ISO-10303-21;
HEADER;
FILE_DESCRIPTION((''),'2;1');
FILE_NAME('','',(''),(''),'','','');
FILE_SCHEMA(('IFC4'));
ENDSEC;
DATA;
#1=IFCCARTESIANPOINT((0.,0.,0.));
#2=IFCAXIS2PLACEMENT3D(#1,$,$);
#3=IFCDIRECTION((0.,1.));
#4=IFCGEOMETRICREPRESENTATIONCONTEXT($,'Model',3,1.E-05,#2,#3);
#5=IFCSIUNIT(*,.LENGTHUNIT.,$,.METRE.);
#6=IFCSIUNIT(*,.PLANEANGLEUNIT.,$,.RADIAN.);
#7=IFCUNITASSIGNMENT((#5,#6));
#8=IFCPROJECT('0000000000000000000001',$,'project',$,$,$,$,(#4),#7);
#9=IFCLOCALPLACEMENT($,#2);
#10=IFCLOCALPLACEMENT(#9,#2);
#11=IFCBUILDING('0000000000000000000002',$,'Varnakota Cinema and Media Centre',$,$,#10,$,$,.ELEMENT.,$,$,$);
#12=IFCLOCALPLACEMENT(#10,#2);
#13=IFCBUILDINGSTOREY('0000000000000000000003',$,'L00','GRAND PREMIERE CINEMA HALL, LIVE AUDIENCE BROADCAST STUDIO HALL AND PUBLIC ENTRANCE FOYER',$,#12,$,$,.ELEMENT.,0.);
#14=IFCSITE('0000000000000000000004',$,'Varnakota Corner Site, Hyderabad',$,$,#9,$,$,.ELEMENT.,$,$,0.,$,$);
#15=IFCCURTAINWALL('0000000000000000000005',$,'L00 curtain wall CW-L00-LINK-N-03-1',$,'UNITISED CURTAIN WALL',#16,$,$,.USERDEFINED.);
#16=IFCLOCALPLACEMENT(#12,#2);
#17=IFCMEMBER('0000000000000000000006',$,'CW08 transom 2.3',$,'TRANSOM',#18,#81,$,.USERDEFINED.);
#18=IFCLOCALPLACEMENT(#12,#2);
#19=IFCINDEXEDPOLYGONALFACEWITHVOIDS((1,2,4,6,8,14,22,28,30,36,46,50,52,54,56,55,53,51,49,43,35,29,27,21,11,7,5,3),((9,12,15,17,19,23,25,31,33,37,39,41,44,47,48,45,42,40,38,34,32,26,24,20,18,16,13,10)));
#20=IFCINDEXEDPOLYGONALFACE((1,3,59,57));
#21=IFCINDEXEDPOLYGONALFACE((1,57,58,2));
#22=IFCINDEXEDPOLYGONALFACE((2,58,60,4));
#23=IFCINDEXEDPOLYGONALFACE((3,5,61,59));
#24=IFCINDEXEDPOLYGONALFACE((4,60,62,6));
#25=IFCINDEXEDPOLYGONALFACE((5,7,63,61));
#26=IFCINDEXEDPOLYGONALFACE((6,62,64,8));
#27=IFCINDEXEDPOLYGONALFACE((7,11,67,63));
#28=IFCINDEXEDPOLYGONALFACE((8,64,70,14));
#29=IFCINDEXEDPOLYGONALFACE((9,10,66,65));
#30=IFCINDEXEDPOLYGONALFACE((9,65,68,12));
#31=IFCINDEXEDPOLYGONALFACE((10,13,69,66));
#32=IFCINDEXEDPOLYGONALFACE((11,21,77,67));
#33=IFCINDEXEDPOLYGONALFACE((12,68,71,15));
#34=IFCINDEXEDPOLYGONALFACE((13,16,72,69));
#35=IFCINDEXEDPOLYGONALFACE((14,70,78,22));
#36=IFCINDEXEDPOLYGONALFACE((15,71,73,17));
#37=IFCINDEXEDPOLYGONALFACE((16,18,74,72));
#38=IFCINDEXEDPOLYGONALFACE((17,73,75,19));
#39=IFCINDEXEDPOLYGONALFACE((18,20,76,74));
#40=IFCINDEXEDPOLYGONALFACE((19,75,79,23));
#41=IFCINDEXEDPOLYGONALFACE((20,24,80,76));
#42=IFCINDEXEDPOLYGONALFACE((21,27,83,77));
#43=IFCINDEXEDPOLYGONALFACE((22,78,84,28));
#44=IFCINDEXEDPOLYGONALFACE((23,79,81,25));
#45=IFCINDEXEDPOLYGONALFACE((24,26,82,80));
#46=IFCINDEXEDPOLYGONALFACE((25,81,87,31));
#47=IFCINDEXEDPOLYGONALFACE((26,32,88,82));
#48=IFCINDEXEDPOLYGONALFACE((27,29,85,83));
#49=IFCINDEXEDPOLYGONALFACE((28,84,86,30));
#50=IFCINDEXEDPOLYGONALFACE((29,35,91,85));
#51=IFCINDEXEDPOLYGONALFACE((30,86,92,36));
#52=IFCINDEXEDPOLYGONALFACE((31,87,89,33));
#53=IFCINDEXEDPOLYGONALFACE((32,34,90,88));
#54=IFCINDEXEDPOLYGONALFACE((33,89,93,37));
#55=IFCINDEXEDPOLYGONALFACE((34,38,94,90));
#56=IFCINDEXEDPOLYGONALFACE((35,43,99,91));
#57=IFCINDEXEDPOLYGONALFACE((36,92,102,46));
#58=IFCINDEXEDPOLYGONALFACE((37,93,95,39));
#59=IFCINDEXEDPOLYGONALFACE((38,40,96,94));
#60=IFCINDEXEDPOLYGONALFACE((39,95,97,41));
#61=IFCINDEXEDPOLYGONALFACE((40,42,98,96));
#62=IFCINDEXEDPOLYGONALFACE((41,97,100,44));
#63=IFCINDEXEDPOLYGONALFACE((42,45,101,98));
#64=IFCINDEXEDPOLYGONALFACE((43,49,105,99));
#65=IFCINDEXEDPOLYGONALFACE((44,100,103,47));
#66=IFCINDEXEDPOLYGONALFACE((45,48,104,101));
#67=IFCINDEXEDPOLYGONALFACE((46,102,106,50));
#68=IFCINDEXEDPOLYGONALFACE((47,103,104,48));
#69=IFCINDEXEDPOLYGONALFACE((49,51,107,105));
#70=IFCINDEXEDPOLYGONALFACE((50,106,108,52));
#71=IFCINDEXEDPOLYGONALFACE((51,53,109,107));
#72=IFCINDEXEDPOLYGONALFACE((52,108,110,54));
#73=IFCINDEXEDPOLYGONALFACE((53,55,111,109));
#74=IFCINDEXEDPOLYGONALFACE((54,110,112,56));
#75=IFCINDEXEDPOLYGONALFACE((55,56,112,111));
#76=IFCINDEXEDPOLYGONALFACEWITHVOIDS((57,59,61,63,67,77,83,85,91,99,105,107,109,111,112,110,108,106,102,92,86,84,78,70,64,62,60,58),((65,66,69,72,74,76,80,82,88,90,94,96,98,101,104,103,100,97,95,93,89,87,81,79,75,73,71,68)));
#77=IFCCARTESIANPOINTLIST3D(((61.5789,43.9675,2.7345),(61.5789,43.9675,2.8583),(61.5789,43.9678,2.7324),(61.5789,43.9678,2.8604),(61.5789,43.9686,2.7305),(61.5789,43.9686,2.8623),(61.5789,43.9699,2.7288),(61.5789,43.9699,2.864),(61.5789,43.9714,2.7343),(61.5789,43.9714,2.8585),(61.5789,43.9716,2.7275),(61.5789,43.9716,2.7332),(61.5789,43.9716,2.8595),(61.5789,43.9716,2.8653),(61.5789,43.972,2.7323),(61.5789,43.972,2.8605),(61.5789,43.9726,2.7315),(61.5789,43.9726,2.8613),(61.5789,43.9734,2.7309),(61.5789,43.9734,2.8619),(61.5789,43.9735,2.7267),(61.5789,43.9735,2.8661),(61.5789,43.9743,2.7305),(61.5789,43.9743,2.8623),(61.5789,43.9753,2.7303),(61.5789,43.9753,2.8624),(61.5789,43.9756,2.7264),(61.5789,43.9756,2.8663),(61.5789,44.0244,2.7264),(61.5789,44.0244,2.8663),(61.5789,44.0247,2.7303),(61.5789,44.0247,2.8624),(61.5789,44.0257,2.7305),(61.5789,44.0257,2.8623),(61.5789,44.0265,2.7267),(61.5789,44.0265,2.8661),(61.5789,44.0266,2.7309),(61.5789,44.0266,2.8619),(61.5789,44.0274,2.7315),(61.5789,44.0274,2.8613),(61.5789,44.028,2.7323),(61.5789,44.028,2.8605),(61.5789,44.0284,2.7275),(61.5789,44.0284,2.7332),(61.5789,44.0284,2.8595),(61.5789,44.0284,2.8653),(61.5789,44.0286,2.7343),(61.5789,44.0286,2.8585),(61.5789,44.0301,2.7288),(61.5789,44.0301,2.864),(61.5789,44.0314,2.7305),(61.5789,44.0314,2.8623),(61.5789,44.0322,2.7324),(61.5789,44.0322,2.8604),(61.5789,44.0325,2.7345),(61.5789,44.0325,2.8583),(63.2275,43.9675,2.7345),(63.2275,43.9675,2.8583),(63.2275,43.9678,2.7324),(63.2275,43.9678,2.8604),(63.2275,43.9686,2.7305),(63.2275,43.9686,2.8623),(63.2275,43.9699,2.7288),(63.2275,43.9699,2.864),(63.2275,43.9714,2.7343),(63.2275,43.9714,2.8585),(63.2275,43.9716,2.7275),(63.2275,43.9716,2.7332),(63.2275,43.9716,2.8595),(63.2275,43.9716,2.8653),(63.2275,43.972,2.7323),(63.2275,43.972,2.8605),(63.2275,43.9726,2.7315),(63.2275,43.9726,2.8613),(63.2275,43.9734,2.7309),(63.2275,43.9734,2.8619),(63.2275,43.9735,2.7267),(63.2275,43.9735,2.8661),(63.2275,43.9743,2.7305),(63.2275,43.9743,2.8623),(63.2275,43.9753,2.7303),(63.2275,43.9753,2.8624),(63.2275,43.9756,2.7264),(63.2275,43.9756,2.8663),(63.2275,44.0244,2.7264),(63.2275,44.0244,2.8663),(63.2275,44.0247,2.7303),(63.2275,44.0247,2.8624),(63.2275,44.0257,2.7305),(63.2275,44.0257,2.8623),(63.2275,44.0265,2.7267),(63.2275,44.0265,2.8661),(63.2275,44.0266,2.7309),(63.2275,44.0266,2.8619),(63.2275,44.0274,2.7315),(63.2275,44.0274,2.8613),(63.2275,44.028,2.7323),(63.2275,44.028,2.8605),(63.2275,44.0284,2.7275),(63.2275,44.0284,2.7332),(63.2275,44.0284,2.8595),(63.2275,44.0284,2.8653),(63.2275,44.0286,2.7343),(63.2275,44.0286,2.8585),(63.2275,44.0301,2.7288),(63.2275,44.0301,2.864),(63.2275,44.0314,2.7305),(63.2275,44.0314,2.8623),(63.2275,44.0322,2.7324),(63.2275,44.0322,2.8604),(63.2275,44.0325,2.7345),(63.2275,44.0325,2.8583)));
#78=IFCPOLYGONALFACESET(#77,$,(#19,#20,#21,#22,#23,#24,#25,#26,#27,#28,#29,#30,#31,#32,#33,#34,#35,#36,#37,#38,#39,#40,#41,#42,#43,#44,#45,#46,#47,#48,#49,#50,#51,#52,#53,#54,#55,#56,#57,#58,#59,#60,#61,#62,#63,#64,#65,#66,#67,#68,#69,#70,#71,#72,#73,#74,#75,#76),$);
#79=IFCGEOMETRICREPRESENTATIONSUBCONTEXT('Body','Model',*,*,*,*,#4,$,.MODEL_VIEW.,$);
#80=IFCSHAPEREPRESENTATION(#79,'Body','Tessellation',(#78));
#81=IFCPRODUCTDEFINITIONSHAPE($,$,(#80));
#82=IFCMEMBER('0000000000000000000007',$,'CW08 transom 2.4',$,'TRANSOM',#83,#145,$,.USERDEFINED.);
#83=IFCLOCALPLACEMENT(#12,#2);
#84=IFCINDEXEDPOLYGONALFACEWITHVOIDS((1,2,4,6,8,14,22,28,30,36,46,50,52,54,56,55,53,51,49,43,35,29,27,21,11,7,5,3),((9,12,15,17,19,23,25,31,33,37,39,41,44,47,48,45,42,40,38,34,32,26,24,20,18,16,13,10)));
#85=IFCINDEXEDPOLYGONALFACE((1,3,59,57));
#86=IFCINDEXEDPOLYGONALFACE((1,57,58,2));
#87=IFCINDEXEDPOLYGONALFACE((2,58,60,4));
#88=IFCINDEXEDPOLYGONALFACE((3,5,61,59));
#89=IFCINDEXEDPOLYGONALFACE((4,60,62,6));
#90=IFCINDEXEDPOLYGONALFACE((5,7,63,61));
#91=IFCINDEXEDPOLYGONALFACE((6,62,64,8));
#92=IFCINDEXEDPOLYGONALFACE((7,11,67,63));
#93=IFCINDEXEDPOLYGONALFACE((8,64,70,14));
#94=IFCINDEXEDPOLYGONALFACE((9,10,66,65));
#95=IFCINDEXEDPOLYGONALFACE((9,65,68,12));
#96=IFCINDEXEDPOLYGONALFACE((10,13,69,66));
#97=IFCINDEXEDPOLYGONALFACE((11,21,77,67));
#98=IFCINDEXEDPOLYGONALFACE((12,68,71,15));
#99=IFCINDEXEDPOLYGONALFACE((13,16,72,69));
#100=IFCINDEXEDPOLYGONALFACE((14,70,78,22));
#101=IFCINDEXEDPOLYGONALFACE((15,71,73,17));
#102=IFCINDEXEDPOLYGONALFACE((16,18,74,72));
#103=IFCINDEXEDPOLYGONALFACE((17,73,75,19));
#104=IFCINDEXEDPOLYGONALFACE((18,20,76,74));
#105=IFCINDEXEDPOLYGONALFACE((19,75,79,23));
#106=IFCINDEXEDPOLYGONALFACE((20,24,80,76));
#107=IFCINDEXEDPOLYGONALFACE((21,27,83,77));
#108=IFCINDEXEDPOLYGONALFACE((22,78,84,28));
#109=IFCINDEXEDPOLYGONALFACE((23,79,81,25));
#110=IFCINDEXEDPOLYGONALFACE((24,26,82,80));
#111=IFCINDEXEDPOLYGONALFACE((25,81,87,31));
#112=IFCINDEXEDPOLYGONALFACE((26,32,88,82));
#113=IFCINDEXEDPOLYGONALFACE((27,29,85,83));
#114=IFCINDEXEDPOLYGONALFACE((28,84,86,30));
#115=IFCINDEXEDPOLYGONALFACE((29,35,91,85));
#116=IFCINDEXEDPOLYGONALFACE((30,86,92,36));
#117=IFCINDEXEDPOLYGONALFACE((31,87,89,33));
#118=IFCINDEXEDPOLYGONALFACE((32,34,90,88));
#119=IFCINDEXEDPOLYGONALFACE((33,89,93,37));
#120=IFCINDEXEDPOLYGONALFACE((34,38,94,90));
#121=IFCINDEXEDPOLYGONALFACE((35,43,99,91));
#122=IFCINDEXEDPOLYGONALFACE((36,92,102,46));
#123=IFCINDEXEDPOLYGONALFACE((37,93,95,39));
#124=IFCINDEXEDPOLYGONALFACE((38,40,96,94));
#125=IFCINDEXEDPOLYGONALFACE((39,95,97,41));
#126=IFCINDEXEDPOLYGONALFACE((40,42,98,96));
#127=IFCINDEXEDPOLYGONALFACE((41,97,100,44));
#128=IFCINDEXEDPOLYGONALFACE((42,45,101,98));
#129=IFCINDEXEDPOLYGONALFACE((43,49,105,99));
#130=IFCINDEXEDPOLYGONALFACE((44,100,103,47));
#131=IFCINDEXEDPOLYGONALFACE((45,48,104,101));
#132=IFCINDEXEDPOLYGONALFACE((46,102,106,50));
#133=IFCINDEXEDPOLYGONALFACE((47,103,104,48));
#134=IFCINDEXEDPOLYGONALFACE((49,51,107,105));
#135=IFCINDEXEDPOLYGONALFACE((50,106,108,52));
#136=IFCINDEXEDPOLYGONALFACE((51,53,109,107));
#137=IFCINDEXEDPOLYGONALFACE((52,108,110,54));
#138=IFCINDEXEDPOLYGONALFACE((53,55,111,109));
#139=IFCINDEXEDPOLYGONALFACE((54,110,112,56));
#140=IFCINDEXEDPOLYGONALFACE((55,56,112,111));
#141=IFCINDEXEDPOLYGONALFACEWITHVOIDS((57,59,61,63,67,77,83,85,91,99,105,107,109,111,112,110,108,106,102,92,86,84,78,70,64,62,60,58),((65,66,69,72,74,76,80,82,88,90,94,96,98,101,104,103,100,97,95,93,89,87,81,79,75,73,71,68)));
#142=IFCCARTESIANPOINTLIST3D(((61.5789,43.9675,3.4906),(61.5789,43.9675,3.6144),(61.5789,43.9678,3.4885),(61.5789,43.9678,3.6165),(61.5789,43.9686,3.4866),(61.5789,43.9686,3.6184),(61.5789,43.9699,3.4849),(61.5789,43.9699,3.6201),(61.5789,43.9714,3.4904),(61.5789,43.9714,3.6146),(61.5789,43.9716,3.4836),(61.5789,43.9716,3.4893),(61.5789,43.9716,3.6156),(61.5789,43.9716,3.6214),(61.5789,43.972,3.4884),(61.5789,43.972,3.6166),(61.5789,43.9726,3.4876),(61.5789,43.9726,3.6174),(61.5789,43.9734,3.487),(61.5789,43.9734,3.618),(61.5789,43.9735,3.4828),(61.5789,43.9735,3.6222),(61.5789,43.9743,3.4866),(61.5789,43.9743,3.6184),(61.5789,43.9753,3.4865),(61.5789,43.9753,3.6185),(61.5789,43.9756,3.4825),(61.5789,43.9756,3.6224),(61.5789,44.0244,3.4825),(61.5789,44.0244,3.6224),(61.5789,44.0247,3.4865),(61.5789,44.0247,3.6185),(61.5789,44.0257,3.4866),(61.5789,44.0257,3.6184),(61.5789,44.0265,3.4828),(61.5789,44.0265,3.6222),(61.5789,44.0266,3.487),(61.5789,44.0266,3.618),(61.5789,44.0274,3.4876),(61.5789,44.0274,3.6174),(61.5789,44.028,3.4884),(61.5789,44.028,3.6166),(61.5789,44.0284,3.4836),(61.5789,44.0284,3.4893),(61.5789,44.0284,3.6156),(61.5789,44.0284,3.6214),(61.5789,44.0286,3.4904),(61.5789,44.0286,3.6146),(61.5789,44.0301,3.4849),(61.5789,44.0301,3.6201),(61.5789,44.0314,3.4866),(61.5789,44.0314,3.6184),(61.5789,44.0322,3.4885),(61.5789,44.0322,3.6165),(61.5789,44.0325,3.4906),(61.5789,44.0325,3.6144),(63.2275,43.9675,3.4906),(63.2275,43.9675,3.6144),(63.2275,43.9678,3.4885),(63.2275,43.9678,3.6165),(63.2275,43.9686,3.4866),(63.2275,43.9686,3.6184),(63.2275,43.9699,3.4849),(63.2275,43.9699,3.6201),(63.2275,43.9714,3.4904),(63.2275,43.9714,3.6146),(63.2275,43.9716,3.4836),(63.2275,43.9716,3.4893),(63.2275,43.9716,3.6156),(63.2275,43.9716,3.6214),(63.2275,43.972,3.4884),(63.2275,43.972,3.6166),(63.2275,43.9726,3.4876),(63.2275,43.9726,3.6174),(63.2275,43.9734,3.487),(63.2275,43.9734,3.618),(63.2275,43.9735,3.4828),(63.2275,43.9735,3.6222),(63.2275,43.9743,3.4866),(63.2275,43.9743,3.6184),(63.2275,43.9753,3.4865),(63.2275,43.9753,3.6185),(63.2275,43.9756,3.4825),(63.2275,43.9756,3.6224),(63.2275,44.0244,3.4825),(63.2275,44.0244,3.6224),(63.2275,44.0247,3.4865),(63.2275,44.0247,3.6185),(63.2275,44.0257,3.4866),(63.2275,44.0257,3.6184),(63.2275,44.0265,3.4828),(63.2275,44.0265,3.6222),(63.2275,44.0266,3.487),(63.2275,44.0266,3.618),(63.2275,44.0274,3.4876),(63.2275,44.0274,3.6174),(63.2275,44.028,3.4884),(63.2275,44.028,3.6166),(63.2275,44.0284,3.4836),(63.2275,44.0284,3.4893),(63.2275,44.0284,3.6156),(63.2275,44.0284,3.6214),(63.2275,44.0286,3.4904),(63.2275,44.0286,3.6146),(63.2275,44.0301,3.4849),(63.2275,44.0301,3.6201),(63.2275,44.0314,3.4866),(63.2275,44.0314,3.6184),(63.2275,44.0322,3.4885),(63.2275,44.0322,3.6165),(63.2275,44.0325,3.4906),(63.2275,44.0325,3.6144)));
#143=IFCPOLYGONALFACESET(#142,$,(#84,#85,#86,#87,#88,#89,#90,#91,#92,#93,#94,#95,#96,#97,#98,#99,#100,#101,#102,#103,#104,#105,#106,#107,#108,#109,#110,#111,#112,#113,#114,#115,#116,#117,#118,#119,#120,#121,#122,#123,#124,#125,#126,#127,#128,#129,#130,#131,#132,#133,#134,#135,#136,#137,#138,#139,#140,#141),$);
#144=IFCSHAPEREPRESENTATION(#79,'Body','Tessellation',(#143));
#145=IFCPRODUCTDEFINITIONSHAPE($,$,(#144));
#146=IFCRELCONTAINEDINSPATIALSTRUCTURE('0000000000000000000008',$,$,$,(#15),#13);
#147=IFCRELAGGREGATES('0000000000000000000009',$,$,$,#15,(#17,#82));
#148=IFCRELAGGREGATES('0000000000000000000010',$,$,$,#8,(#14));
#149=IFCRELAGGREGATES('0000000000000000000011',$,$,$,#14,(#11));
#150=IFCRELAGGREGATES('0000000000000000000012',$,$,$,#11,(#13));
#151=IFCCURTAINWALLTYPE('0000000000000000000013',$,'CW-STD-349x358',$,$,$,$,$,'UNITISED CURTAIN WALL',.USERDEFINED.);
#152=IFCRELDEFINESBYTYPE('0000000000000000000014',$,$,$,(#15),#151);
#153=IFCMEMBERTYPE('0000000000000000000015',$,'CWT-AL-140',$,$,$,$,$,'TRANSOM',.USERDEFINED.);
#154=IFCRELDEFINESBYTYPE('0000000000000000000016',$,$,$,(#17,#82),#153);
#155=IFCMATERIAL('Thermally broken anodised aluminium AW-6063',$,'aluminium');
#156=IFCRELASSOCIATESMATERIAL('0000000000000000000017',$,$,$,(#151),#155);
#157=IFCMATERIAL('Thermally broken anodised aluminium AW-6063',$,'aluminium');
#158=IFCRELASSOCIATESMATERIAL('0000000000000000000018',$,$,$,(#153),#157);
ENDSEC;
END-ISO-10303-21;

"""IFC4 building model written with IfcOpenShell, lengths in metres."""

from ifc_helpers import new_model, si_unit, direction, frame, origin, origin_2d, place, context, subcontext, project, spatial, hollow_rectangle, extrude, material, material_profile, profile_set, type_object, element, aggregate, save


model = new_model("IFC4")

# Units and contexts
model_context = context("Model", 3, precision=1e-05, world=origin(), true_north=direction((0.0, 1.0)))
body_context = subcontext(model_context, "Body", "Model", "MODEL_VIEW")
ifc_project = project(units=[si_unit("LENGTHUNIT", "METRE"), si_unit("PLANEANGLEUNIT", "RADIAN")], contexts=[model_context])

# Site, building, storey
site_placement = place(None, origin())
site = spatial("IfcSite", under=ifc_project, at=site_placement, Name="Varnakota Corner Site, Hyderabad", CompositionType="ELEMENT", RefElevation=0.0)
building_placement = place(site_placement, origin())
building = spatial("IfcBuilding", under=site, at=building_placement, Name="Varnakota Cinema and Media Centre", CompositionType="ELEMENT")
storey_placement = place(building_placement, origin())
storey = spatial("IfcBuildingStorey", under=building, at=storey_placement, Name="L00", Description="GRAND PREMIERE CINEMA HALL, LIVE AUDIENCE BROADCAST STUDIO HALL AND PUBLIC ENTRANCE FOYER", CompositionType="ELEMENT", Elevation=0.0)

# Shared definitions
ifc_material_1 = material(Name="Thermally broken anodised aluminium AW-6063", Category="aluminium")
curtain_wall_type = type_object("IfcCurtainWallType", Name="CW-STD-349x358", ElementType="UNITISED CURTAIN WALL", PredefinedType="USERDEFINED", material=ifc_material_1)

# Curtain wall
curtain_wall_1_placement = place(storey_placement, origin())
curtain_wall_1 = element("IfcCurtainWall", 1, at=curtain_wall_1_placement, inside=storey, type_object=curtain_wall_type, Name="L00 curtain wall CW-L00-LINK-N-03-1", ObjectType="UNITISED CURTAIN WALL", PredefinedType="USERDEFINED")

# Members
ifc_material_2 = material(Name="Thermally broken anodised aluminium AW-6063", Category="aluminium")
ifc_material_profile_1 = material_profile(ifc_material_2, hollow_rectangle(XDim=0.0649, YDim=0.1399, WallThickness=0.0039, InnerFilletRadius=0.0039, OuterFilletRadius=0.0081, at=origin_2d()), Name="AL-TRANSOM 140x65x4")
ifc_profile_set_1 = profile_set([ifc_material_profile_1], Name="Thermally broken anodised aluminium AW-6063")
member_type_1 = type_object("IfcMemberType", Name="CWT-AL-140", ElementType="TRANSOM", PredefinedType="USERDEFINED", material=ifc_profile_set_1)
member_1_placement = place(storey_placement, frame((61.5789, 44.0, 2.7964), z_axis=(1.0, 0.0, 0.0), x_axis=(0.0, 1.0, 0.0)))
member_1 = element("IfcMember", 2, at=member_1_placement, type_object=member_type_1, Name="CW08 transom 2.3", ObjectType="TRANSOM", PredefinedType="USERDEFINED", context=body_context, shape_type="SweptSolid", body=[
    extrude(hollow_rectangle(XDim=0.0649, YDim=0.1399, WallThickness=0.0039, InnerFilletRadius=0.0039, OuterFilletRadius=0.0081, at=origin_2d()), origin(), (0.0, 0.0, 1.0), 1.6487),
])
member_2_placement = place(storey_placement, frame((61.5789, 44.0, 3.5525), z_axis=(1.0, 0.0, 0.0), x_axis=(0.0, 1.0, 0.0)))
member_2 = element("IfcMember", 3, at=member_2_placement, type_object=member_type_1, Name="CW08 transom 2.4", ObjectType="TRANSOM", PredefinedType="USERDEFINED", context=body_context, shape_type="SweptSolid", body=[
    extrude(hollow_rectangle(XDim=0.0649, YDim=0.1399, WallThickness=0.0039, InnerFilletRadius=0.0039, OuterFilletRadius=0.0081, at=origin_2d()), origin(), (0.0, 0.0, 1.0), 1.6487),
])

aggregate(curtain_wall_1, [member_1, member_2])

save(model, "model.ifc")
